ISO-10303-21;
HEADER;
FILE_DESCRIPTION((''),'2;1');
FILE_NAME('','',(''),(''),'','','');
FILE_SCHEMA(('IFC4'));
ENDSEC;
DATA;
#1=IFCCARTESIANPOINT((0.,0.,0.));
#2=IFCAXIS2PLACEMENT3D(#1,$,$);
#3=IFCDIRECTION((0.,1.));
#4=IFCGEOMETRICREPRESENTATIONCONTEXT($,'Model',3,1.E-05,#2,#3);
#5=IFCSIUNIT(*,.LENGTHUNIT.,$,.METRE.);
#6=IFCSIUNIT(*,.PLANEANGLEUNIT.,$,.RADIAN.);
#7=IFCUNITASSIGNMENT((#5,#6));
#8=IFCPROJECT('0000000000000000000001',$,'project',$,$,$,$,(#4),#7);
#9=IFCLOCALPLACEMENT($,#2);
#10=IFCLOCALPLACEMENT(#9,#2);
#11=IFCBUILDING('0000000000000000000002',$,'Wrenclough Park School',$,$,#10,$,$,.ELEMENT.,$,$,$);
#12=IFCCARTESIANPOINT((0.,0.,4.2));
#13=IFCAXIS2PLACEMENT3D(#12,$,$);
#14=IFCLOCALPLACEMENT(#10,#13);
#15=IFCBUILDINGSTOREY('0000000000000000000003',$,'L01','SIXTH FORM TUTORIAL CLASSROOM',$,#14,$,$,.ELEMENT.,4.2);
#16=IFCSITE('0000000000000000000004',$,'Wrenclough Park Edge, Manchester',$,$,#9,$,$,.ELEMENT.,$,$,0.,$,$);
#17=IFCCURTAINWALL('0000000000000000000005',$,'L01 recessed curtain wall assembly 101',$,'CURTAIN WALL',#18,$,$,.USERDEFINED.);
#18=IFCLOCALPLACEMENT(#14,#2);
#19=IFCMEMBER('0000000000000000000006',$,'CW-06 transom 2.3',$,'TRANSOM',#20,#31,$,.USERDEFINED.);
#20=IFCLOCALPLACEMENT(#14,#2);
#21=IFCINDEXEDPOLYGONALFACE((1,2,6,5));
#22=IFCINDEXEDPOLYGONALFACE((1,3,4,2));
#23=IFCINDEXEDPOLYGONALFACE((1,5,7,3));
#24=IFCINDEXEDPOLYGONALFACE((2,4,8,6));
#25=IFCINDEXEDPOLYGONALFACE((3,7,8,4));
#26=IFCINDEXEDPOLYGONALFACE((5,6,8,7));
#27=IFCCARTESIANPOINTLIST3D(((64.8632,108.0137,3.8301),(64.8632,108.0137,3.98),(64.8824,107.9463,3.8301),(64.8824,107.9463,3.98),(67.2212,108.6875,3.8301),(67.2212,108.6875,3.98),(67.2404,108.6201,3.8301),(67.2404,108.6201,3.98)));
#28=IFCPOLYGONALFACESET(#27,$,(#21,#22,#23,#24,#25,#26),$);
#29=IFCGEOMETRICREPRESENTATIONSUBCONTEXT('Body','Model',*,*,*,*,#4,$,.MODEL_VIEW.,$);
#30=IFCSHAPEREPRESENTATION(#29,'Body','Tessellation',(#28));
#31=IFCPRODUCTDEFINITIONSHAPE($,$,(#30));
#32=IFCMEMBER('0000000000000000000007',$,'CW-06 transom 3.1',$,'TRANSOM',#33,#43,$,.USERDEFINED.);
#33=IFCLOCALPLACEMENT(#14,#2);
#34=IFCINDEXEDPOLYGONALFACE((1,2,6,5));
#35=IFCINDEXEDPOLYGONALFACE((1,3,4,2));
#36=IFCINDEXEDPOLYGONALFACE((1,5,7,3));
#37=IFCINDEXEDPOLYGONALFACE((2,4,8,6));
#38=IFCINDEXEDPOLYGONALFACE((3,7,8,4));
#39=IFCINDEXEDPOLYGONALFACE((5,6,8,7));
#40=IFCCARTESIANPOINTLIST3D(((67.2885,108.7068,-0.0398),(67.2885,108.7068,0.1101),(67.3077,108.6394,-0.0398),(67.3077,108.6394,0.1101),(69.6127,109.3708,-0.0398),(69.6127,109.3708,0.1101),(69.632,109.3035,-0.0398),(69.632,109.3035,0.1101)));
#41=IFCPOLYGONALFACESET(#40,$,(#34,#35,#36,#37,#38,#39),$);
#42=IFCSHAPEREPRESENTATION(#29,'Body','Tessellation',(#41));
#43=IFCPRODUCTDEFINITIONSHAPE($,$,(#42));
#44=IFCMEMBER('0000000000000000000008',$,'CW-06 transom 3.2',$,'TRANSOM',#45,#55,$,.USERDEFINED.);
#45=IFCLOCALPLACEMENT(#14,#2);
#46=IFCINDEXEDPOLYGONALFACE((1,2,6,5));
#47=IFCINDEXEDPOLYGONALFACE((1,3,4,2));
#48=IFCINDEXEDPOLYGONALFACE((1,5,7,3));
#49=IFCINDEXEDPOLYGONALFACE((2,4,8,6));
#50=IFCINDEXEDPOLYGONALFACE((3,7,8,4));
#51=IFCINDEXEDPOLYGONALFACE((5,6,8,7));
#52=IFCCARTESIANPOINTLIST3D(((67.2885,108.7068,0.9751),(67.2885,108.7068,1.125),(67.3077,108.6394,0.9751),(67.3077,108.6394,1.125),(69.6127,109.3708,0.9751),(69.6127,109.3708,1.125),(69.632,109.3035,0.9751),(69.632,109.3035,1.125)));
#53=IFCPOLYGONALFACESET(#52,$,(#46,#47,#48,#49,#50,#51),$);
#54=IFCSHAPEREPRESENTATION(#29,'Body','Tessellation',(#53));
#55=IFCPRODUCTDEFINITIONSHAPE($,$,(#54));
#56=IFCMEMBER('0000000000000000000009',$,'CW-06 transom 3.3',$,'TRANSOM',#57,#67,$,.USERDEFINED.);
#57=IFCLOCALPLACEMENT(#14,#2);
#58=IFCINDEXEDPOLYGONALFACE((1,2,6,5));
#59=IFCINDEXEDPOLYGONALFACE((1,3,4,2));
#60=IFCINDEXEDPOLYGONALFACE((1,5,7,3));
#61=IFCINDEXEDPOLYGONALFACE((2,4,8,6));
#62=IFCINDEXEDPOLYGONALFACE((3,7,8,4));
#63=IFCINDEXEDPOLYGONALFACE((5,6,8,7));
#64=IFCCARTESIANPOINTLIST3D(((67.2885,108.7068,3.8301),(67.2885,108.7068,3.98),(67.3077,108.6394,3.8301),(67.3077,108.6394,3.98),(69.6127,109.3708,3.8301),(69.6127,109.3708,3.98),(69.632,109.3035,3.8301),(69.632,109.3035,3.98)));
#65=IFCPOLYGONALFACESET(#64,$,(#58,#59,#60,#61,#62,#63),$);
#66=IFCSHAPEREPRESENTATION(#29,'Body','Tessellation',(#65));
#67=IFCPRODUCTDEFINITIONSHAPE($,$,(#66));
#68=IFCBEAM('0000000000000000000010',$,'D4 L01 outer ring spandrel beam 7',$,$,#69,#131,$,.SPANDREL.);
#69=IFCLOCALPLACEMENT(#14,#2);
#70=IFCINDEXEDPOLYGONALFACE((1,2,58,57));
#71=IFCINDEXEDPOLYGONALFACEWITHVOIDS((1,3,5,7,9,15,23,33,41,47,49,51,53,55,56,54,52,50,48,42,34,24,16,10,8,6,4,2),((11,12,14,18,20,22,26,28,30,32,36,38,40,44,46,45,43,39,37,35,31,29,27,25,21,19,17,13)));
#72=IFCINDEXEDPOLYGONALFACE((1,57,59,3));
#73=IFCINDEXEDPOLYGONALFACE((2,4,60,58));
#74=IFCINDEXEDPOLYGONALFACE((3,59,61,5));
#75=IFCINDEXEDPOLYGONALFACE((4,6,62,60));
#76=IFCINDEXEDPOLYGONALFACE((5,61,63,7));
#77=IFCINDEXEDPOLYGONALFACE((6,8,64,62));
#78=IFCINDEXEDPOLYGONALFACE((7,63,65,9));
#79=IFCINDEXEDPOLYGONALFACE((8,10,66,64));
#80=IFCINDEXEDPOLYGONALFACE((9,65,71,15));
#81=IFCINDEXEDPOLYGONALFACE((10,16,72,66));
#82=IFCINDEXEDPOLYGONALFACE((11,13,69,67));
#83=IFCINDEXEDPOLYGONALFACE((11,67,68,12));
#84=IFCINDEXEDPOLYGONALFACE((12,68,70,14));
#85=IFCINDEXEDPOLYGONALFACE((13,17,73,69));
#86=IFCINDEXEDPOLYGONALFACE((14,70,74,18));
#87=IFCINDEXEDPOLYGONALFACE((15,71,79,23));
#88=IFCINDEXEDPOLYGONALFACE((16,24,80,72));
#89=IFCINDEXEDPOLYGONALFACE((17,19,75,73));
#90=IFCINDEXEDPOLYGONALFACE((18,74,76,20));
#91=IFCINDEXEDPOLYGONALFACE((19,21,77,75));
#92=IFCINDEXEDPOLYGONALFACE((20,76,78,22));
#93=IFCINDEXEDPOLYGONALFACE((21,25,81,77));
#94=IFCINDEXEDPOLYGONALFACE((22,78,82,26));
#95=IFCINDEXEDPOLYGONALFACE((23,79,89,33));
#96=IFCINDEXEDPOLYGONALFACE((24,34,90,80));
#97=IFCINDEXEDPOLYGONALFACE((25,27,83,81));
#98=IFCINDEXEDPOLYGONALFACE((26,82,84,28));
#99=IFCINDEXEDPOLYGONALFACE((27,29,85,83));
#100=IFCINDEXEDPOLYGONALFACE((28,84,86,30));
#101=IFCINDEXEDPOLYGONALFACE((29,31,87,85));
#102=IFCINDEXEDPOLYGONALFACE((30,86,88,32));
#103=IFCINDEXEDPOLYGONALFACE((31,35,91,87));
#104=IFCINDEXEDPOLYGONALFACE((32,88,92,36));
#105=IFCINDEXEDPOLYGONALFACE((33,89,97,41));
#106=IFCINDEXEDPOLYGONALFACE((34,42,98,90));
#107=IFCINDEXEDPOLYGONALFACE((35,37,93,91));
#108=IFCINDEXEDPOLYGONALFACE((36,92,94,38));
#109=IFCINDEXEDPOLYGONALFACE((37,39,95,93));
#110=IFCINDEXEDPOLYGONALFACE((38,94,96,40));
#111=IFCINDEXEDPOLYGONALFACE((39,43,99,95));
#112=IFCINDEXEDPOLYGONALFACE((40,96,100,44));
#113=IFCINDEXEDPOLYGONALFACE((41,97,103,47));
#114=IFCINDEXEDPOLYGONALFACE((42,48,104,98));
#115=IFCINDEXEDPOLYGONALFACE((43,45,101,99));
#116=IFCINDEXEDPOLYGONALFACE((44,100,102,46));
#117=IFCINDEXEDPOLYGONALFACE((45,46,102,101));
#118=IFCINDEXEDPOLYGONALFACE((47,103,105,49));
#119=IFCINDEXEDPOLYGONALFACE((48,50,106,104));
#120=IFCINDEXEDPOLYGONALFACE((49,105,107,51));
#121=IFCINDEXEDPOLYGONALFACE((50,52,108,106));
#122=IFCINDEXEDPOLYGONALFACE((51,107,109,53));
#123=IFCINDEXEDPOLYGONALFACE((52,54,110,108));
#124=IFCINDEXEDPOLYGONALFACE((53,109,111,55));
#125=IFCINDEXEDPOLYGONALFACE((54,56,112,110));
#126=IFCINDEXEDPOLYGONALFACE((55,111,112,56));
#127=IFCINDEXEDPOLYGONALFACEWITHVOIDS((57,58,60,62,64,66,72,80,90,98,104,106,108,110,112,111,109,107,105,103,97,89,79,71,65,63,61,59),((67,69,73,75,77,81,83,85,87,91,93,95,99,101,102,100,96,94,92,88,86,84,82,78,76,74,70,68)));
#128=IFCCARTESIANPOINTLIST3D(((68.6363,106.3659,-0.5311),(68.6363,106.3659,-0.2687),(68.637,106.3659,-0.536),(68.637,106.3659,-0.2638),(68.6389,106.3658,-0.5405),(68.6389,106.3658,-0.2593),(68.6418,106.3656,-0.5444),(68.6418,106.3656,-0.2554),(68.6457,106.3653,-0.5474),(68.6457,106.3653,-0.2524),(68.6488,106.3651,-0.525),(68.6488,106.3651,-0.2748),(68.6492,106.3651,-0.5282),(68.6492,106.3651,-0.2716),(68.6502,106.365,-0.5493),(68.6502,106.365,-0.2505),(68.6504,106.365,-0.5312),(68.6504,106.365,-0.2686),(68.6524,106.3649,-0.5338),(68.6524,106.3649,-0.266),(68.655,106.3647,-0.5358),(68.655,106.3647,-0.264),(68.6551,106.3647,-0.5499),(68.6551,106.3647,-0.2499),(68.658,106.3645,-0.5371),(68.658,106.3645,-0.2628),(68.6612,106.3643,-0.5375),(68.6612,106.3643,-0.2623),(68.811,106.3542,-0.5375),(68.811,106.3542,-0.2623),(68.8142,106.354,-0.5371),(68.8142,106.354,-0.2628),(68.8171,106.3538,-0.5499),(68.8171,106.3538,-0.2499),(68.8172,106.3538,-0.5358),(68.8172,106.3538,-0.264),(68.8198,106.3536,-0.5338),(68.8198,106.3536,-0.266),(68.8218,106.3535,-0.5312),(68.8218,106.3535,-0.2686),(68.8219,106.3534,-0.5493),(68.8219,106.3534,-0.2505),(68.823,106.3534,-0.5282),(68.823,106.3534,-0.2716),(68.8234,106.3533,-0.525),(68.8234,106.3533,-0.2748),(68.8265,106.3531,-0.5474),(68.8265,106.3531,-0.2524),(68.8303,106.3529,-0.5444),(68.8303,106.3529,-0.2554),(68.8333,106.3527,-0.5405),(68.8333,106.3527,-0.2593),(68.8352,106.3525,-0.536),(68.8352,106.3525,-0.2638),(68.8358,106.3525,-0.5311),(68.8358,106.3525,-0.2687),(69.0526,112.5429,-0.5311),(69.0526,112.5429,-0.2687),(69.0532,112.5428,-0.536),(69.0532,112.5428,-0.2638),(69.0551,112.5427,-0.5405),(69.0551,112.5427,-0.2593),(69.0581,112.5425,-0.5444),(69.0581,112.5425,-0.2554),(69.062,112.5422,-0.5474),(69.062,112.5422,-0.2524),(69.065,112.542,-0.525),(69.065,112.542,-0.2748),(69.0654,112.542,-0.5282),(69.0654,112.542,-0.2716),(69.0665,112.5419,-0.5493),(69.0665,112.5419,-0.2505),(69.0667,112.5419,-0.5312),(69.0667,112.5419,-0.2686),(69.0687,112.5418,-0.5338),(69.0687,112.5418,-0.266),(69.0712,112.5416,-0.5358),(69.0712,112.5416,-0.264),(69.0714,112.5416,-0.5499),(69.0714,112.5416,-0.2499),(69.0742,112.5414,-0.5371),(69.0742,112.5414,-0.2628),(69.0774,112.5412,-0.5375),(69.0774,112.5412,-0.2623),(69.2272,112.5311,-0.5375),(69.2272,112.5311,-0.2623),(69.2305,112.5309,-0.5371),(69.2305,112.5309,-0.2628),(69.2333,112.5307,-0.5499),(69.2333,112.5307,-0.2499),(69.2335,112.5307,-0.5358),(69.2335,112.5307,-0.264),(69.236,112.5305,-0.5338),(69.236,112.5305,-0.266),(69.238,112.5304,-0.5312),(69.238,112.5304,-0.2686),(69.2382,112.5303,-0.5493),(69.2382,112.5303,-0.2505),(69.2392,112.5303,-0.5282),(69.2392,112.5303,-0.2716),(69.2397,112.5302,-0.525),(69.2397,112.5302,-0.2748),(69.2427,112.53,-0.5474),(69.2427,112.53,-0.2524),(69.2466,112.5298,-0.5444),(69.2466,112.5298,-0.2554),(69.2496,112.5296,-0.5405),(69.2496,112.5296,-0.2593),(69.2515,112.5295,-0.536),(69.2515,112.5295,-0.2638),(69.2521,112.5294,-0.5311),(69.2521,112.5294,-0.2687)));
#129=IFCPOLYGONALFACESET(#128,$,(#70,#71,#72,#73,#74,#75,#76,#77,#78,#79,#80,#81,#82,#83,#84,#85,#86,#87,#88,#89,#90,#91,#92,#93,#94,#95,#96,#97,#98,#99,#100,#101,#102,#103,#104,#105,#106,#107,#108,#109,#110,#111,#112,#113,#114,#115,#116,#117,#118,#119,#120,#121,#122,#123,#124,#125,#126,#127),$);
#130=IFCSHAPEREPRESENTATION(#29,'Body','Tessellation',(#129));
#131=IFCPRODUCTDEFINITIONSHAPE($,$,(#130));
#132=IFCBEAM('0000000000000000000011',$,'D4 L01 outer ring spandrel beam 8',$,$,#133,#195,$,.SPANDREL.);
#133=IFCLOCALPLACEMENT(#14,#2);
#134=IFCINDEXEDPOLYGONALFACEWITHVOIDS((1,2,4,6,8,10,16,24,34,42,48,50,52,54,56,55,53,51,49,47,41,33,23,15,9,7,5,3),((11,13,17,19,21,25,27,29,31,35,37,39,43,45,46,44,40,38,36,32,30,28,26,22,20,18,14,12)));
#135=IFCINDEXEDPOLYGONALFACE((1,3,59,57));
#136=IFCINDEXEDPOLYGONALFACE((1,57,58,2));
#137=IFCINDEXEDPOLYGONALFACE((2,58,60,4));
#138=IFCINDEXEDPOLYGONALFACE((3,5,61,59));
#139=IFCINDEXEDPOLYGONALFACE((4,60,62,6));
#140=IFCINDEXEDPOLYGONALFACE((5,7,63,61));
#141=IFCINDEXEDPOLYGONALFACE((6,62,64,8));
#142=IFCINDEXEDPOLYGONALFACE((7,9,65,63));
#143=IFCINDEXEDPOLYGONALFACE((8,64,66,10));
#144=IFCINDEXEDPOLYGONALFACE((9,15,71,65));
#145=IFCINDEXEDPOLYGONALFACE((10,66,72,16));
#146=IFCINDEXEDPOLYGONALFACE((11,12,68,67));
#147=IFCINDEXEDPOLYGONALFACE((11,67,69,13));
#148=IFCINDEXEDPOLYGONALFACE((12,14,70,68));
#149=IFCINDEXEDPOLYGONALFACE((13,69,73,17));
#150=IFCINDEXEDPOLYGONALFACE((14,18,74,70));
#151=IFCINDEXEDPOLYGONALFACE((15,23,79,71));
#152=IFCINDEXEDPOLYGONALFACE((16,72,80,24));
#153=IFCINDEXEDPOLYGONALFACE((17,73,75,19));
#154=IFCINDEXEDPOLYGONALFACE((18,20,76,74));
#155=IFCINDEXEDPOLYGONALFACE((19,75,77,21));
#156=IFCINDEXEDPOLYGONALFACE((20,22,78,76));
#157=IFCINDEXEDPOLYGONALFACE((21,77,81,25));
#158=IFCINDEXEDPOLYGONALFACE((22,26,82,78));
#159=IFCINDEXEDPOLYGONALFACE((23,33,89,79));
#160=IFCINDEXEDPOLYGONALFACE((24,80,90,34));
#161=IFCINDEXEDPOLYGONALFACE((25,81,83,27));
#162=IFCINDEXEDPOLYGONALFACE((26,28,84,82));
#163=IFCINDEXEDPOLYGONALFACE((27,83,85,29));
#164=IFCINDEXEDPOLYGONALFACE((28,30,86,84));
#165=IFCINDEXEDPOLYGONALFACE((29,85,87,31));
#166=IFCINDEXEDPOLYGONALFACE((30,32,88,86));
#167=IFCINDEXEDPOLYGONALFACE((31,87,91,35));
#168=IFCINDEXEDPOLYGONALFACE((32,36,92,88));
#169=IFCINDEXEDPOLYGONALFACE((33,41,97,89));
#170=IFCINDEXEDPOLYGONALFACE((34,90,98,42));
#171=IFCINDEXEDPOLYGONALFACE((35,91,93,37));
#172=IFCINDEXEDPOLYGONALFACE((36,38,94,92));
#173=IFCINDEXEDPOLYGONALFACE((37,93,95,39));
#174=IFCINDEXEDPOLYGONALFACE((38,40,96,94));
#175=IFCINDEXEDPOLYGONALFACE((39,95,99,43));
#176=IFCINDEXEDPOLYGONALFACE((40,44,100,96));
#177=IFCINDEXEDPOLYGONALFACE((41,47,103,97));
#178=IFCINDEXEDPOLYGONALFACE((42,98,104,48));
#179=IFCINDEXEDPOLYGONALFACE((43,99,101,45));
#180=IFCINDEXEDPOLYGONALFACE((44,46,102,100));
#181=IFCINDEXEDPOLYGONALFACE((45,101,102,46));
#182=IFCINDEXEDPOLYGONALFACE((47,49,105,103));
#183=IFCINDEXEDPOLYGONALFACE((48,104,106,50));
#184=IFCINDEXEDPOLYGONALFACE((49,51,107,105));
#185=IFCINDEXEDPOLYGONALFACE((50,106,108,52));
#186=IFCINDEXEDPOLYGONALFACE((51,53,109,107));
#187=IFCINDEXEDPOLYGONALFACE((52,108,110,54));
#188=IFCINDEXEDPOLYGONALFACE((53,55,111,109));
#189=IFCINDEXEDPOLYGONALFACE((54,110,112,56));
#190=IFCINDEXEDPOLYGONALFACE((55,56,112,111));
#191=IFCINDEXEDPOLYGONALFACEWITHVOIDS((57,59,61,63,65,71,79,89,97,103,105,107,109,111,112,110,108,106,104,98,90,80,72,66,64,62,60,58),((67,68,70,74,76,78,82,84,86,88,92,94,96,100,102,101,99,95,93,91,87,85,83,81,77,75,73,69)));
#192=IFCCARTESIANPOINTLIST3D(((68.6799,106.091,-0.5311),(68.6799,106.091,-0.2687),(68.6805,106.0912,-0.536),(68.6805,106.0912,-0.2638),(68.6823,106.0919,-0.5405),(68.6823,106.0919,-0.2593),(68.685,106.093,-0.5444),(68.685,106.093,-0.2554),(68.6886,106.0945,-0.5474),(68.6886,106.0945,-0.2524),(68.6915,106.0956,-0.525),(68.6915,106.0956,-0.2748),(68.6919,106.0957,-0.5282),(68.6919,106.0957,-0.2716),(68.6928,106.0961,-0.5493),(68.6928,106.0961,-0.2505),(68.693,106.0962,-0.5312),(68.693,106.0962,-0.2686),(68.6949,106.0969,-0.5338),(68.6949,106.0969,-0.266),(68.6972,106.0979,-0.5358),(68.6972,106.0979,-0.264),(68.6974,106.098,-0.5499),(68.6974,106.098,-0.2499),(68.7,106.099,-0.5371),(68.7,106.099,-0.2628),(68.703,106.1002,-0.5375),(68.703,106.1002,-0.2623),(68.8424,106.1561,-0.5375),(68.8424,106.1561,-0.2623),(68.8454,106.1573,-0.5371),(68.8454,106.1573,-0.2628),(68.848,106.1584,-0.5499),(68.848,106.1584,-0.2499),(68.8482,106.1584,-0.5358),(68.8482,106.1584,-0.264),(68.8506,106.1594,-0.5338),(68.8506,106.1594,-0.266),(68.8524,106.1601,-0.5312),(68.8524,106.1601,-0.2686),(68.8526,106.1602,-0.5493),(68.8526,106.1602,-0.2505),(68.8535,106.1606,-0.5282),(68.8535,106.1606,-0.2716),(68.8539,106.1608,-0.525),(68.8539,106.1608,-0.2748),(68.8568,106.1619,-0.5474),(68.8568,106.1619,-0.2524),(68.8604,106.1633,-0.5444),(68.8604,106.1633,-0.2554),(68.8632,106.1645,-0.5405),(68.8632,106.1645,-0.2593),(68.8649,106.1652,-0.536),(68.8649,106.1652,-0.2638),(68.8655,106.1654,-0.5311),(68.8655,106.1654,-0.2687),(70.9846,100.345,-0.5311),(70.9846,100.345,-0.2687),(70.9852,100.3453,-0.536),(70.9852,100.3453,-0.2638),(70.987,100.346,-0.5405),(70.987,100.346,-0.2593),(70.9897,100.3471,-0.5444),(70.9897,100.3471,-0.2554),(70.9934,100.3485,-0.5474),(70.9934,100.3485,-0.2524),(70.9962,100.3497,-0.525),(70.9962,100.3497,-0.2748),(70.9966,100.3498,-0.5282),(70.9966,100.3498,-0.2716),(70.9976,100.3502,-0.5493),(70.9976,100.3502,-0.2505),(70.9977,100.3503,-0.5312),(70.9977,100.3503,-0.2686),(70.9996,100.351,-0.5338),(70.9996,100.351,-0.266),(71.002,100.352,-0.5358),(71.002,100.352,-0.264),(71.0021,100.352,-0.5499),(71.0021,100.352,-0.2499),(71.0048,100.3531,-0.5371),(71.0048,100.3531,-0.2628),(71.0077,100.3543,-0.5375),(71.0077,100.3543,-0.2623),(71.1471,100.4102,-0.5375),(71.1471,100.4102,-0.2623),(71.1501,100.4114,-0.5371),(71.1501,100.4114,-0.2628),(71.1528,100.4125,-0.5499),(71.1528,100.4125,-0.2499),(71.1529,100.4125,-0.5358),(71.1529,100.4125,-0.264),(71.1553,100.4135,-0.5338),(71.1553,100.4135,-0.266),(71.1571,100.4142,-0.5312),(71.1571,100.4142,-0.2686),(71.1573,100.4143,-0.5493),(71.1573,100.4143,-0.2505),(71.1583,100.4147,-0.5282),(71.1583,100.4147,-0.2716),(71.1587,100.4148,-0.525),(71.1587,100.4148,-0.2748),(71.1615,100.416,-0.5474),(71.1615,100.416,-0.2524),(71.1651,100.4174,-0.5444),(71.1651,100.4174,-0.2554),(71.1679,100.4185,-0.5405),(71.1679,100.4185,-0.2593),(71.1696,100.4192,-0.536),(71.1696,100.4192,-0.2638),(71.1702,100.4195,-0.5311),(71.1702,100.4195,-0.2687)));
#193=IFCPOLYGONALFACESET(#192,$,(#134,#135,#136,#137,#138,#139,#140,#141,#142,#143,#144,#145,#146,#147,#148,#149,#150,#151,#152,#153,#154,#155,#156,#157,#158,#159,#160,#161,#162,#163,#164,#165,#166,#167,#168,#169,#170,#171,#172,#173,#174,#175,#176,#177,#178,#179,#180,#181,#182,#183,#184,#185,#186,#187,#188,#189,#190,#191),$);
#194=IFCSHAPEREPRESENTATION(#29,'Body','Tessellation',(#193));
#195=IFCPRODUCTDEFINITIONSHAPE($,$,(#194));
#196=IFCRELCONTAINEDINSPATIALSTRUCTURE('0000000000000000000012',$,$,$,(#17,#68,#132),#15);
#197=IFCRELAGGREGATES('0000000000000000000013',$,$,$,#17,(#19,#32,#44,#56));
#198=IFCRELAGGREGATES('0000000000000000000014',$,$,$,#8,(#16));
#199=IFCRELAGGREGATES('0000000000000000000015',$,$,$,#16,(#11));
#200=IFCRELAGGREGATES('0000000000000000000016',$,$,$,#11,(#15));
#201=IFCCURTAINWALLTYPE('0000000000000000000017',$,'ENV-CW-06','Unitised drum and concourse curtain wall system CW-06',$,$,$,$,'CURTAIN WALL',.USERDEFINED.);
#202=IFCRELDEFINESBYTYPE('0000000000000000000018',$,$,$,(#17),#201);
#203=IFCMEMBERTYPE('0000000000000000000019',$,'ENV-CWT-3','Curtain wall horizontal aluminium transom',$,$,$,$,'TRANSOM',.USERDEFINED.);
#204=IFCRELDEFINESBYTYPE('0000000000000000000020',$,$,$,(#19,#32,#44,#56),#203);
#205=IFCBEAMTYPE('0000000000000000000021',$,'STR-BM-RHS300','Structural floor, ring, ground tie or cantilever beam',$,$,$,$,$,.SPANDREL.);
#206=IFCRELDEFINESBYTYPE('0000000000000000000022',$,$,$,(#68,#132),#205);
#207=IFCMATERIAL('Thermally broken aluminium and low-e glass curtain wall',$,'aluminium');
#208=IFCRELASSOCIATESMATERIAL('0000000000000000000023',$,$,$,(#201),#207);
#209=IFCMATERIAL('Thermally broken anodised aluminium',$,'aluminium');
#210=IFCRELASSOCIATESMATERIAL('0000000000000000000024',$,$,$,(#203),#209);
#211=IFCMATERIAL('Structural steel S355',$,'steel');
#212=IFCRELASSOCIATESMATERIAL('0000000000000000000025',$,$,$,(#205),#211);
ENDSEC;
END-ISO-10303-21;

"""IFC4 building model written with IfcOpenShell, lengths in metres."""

from ifc_helpers import new_model, si_unit, direction, frame, origin, origin_2d, place, context, subcontext, project, spatial, rectangle, hollow_rectangle, extrude, material, material_profile, profile_set, type_object, element, aggregate, save


model = new_model("IFC4")

# Units and contexts
model_context = context("Model", 3, precision=1e-05, world=origin(), true_north=direction((0.0, 1.0)))
body_context = subcontext(model_context, "Body", "Model", "MODEL_VIEW")
ifc_project = project(units=[si_unit("LENGTHUNIT", "METRE"), si_unit("PLANEANGLEUNIT", "RADIAN")], contexts=[model_context])

# Site, building, storey
site_placement = place(None, origin())
site = spatial("IfcSite", under=ifc_project, at=site_placement, Name="Wrenclough Park Edge, Manchester", CompositionType="ELEMENT", RefElevation=0.0)
building_placement = place(site_placement, origin())
building = spatial("IfcBuilding", under=site, at=building_placement, Name="Wrenclough Park School", CompositionType="ELEMENT")
storey_placement = place(building_placement, frame((0.0, 0.0, 4.2)))
storey = spatial("IfcBuildingStorey", under=building, at=storey_placement, Name="L01", Description="SIXTH FORM TUTORIAL CLASSROOM", CompositionType="ELEMENT", Elevation=4.2)

# Shared definitions
ifc_material_1 = material(Name="Structural steel S355", Category="steel")

# Curtain wall, members
ifc_material_2 = material(Name="Thermally broken aluminium and low-e glass curtain wall", Category="aluminium")
curtain_wall_type = type_object("IfcCurtainWallType", Name="ENV-CW-06", Description="Unitised drum and concourse curtain wall system CW-06", ElementType="CURTAIN WALL", PredefinedType="USERDEFINED", material=ifc_material_2)
curtain_wall_placement = place(storey_placement, origin())
curtain_wall = element("IfcCurtainWall", 1, at=curtain_wall_placement, inside=storey, type_object=curtain_wall_type, Name="L01 recessed curtain wall assembly 101", ObjectType="CURTAIN WALL", PredefinedType="USERDEFINED")
ifc_material_3 = material(Name="Thermally broken anodised aluminium", Category="aluminium")
ifc_material_profile_1 = material_profile(ifc_material_3, rectangle(XDim=0.0701, YDim=0.1499, at=origin_2d()), Name="AL TRANSOM 70x150")
ifc_profile_set_1 = profile_set([ifc_material_profile_1], Name="Thermally broken anodised aluminium")
member_type_1 = type_object("IfcMemberType", Name="ENV-CWT-3", Description="Curtain wall horizontal aluminium transom", ElementType="TRANSOM", PredefinedType="USERDEFINED", material=ifc_profile_set_1)
member_1_placement = place(storey_placement, frame((64.8728, 107.98, 3.905), z_axis=(0.961509, 0.274774, 0.0), x_axis=(-0.274774, 0.961509, 0.0)))
member_1 = element("IfcMember", 2, at=member_1_placement, type_object=member_type_1, Name="CW-06 transom 2.3", ObjectType="TRANSOM", PredefinedType="USERDEFINED", context=body_context, shape_type="SweptSolid", body=[
    extrude(rectangle(XDim=0.0701, YDim=0.1499, at=origin_2d()), origin(), (0.0, 0.0, 1.0), 2.4524),
])
member_2_placement = place(storey_placement, frame((67.2981, 108.6731, 0.0352), z_axis=(0.961524, 0.274721, 0.0), x_axis=(-0.274721, 0.961524, 0.0)))
member_2 = element("IfcMember", 3, at=member_2_placement, type_object=member_type_1, Name="CW-06 transom 3.1", ObjectType="TRANSOM", PredefinedType="USERDEFINED", context=body_context, shape_type="SweptSolid", body=[
    extrude(rectangle(XDim=0.0701, YDim=0.1499, at=origin_2d()), origin(), (0.0, 0.0, 1.0), 2.4172),
])
member_3_placement = place(storey_placement, frame((67.2981, 108.6731, 1.05), z_axis=(0.961524, 0.274721, 0.0), x_axis=(-0.274721, 0.961524, 0.0)))
member_3 = element("IfcMember", 4, at=member_3_placement, type_object=member_type_1, Name="CW-06 transom 3.2", ObjectType="TRANSOM", PredefinedType="USERDEFINED", context=body_context, shape_type="SweptSolid", body=[
    extrude(rectangle(XDim=0.0701, YDim=0.1499, at=origin_2d()), origin(), (0.0, 0.0, 1.0), 2.4172),
])
member_4_placement = place(storey_placement, frame((67.2981, 108.6731, 3.905), z_axis=(0.961524, 0.274721, 0.0), x_axis=(-0.274721, 0.961524, 0.0)))
member_4 = element("IfcMember", 5, at=member_4_placement, type_object=member_type_1, Name="CW-06 transom 3.3", ObjectType="TRANSOM", PredefinedType="USERDEFINED", context=body_context, shape_type="SweptSolid", body=[
    extrude(rectangle(XDim=0.0701, YDim=0.1499, at=origin_2d()), origin(), (0.0, 0.0, 1.0), 2.4172),
])

# Beams
ifc_material_profile_2 = material_profile(ifc_material_1, hollow_rectangle(XDim=0.2, YDim=0.3, WallThickness=0.0125, InnerFilletRadius=0.0125, OuterFilletRadius=0.0188, at=origin_2d()), Name="RHS 300x200x12.5")
ifc_profile_set_2 = profile_set([ifc_material_profile_2], Name="Structural steel S355")
beam_type = type_object("IfcBeamType", Name="STR-BM-RHS300", Description="Structural floor, ring, ground tie or cantilever beam", PredefinedType="SPANDREL", material=ifc_profile_set_2)
for number, where, z_axis, x_axis, name in (
    (6, (69.1523, 112.5361, -0.3999), (-0.067236, -0.997737, 0.0), (0.997737, -0.067236, 0.0), "D4 L01 outer ring spandrel beam 7"),
    (7, (68.7727, 106.1282, -0.3999), (0.372274, -0.928123, 0.0), (0.928123, 0.372274, 0.0), "D4 L01 outer ring spandrel beam 8"),
):
    element("IfcBeam", number, at=place(storey_placement, frame(where, z_axis=z_axis, x_axis=x_axis)), inside=storey, type_object=beam_type, Name=name, PredefinedType="SPANDREL", context=body_context, shape_type="SweptSolid", body=[
        extrude(hollow_rectangle(XDim=0.2, YDim=0.3, WallThickness=0.0125, InnerFilletRadius=0.0125, OuterFilletRadius=0.0188, at=origin_2d()), origin(), (0.0, 0.0, 1.0), 6.1909),
    ])

aggregate(curtain_wall, [member_1, member_2, member_3, member_4])

save(model, "model.ifc")
